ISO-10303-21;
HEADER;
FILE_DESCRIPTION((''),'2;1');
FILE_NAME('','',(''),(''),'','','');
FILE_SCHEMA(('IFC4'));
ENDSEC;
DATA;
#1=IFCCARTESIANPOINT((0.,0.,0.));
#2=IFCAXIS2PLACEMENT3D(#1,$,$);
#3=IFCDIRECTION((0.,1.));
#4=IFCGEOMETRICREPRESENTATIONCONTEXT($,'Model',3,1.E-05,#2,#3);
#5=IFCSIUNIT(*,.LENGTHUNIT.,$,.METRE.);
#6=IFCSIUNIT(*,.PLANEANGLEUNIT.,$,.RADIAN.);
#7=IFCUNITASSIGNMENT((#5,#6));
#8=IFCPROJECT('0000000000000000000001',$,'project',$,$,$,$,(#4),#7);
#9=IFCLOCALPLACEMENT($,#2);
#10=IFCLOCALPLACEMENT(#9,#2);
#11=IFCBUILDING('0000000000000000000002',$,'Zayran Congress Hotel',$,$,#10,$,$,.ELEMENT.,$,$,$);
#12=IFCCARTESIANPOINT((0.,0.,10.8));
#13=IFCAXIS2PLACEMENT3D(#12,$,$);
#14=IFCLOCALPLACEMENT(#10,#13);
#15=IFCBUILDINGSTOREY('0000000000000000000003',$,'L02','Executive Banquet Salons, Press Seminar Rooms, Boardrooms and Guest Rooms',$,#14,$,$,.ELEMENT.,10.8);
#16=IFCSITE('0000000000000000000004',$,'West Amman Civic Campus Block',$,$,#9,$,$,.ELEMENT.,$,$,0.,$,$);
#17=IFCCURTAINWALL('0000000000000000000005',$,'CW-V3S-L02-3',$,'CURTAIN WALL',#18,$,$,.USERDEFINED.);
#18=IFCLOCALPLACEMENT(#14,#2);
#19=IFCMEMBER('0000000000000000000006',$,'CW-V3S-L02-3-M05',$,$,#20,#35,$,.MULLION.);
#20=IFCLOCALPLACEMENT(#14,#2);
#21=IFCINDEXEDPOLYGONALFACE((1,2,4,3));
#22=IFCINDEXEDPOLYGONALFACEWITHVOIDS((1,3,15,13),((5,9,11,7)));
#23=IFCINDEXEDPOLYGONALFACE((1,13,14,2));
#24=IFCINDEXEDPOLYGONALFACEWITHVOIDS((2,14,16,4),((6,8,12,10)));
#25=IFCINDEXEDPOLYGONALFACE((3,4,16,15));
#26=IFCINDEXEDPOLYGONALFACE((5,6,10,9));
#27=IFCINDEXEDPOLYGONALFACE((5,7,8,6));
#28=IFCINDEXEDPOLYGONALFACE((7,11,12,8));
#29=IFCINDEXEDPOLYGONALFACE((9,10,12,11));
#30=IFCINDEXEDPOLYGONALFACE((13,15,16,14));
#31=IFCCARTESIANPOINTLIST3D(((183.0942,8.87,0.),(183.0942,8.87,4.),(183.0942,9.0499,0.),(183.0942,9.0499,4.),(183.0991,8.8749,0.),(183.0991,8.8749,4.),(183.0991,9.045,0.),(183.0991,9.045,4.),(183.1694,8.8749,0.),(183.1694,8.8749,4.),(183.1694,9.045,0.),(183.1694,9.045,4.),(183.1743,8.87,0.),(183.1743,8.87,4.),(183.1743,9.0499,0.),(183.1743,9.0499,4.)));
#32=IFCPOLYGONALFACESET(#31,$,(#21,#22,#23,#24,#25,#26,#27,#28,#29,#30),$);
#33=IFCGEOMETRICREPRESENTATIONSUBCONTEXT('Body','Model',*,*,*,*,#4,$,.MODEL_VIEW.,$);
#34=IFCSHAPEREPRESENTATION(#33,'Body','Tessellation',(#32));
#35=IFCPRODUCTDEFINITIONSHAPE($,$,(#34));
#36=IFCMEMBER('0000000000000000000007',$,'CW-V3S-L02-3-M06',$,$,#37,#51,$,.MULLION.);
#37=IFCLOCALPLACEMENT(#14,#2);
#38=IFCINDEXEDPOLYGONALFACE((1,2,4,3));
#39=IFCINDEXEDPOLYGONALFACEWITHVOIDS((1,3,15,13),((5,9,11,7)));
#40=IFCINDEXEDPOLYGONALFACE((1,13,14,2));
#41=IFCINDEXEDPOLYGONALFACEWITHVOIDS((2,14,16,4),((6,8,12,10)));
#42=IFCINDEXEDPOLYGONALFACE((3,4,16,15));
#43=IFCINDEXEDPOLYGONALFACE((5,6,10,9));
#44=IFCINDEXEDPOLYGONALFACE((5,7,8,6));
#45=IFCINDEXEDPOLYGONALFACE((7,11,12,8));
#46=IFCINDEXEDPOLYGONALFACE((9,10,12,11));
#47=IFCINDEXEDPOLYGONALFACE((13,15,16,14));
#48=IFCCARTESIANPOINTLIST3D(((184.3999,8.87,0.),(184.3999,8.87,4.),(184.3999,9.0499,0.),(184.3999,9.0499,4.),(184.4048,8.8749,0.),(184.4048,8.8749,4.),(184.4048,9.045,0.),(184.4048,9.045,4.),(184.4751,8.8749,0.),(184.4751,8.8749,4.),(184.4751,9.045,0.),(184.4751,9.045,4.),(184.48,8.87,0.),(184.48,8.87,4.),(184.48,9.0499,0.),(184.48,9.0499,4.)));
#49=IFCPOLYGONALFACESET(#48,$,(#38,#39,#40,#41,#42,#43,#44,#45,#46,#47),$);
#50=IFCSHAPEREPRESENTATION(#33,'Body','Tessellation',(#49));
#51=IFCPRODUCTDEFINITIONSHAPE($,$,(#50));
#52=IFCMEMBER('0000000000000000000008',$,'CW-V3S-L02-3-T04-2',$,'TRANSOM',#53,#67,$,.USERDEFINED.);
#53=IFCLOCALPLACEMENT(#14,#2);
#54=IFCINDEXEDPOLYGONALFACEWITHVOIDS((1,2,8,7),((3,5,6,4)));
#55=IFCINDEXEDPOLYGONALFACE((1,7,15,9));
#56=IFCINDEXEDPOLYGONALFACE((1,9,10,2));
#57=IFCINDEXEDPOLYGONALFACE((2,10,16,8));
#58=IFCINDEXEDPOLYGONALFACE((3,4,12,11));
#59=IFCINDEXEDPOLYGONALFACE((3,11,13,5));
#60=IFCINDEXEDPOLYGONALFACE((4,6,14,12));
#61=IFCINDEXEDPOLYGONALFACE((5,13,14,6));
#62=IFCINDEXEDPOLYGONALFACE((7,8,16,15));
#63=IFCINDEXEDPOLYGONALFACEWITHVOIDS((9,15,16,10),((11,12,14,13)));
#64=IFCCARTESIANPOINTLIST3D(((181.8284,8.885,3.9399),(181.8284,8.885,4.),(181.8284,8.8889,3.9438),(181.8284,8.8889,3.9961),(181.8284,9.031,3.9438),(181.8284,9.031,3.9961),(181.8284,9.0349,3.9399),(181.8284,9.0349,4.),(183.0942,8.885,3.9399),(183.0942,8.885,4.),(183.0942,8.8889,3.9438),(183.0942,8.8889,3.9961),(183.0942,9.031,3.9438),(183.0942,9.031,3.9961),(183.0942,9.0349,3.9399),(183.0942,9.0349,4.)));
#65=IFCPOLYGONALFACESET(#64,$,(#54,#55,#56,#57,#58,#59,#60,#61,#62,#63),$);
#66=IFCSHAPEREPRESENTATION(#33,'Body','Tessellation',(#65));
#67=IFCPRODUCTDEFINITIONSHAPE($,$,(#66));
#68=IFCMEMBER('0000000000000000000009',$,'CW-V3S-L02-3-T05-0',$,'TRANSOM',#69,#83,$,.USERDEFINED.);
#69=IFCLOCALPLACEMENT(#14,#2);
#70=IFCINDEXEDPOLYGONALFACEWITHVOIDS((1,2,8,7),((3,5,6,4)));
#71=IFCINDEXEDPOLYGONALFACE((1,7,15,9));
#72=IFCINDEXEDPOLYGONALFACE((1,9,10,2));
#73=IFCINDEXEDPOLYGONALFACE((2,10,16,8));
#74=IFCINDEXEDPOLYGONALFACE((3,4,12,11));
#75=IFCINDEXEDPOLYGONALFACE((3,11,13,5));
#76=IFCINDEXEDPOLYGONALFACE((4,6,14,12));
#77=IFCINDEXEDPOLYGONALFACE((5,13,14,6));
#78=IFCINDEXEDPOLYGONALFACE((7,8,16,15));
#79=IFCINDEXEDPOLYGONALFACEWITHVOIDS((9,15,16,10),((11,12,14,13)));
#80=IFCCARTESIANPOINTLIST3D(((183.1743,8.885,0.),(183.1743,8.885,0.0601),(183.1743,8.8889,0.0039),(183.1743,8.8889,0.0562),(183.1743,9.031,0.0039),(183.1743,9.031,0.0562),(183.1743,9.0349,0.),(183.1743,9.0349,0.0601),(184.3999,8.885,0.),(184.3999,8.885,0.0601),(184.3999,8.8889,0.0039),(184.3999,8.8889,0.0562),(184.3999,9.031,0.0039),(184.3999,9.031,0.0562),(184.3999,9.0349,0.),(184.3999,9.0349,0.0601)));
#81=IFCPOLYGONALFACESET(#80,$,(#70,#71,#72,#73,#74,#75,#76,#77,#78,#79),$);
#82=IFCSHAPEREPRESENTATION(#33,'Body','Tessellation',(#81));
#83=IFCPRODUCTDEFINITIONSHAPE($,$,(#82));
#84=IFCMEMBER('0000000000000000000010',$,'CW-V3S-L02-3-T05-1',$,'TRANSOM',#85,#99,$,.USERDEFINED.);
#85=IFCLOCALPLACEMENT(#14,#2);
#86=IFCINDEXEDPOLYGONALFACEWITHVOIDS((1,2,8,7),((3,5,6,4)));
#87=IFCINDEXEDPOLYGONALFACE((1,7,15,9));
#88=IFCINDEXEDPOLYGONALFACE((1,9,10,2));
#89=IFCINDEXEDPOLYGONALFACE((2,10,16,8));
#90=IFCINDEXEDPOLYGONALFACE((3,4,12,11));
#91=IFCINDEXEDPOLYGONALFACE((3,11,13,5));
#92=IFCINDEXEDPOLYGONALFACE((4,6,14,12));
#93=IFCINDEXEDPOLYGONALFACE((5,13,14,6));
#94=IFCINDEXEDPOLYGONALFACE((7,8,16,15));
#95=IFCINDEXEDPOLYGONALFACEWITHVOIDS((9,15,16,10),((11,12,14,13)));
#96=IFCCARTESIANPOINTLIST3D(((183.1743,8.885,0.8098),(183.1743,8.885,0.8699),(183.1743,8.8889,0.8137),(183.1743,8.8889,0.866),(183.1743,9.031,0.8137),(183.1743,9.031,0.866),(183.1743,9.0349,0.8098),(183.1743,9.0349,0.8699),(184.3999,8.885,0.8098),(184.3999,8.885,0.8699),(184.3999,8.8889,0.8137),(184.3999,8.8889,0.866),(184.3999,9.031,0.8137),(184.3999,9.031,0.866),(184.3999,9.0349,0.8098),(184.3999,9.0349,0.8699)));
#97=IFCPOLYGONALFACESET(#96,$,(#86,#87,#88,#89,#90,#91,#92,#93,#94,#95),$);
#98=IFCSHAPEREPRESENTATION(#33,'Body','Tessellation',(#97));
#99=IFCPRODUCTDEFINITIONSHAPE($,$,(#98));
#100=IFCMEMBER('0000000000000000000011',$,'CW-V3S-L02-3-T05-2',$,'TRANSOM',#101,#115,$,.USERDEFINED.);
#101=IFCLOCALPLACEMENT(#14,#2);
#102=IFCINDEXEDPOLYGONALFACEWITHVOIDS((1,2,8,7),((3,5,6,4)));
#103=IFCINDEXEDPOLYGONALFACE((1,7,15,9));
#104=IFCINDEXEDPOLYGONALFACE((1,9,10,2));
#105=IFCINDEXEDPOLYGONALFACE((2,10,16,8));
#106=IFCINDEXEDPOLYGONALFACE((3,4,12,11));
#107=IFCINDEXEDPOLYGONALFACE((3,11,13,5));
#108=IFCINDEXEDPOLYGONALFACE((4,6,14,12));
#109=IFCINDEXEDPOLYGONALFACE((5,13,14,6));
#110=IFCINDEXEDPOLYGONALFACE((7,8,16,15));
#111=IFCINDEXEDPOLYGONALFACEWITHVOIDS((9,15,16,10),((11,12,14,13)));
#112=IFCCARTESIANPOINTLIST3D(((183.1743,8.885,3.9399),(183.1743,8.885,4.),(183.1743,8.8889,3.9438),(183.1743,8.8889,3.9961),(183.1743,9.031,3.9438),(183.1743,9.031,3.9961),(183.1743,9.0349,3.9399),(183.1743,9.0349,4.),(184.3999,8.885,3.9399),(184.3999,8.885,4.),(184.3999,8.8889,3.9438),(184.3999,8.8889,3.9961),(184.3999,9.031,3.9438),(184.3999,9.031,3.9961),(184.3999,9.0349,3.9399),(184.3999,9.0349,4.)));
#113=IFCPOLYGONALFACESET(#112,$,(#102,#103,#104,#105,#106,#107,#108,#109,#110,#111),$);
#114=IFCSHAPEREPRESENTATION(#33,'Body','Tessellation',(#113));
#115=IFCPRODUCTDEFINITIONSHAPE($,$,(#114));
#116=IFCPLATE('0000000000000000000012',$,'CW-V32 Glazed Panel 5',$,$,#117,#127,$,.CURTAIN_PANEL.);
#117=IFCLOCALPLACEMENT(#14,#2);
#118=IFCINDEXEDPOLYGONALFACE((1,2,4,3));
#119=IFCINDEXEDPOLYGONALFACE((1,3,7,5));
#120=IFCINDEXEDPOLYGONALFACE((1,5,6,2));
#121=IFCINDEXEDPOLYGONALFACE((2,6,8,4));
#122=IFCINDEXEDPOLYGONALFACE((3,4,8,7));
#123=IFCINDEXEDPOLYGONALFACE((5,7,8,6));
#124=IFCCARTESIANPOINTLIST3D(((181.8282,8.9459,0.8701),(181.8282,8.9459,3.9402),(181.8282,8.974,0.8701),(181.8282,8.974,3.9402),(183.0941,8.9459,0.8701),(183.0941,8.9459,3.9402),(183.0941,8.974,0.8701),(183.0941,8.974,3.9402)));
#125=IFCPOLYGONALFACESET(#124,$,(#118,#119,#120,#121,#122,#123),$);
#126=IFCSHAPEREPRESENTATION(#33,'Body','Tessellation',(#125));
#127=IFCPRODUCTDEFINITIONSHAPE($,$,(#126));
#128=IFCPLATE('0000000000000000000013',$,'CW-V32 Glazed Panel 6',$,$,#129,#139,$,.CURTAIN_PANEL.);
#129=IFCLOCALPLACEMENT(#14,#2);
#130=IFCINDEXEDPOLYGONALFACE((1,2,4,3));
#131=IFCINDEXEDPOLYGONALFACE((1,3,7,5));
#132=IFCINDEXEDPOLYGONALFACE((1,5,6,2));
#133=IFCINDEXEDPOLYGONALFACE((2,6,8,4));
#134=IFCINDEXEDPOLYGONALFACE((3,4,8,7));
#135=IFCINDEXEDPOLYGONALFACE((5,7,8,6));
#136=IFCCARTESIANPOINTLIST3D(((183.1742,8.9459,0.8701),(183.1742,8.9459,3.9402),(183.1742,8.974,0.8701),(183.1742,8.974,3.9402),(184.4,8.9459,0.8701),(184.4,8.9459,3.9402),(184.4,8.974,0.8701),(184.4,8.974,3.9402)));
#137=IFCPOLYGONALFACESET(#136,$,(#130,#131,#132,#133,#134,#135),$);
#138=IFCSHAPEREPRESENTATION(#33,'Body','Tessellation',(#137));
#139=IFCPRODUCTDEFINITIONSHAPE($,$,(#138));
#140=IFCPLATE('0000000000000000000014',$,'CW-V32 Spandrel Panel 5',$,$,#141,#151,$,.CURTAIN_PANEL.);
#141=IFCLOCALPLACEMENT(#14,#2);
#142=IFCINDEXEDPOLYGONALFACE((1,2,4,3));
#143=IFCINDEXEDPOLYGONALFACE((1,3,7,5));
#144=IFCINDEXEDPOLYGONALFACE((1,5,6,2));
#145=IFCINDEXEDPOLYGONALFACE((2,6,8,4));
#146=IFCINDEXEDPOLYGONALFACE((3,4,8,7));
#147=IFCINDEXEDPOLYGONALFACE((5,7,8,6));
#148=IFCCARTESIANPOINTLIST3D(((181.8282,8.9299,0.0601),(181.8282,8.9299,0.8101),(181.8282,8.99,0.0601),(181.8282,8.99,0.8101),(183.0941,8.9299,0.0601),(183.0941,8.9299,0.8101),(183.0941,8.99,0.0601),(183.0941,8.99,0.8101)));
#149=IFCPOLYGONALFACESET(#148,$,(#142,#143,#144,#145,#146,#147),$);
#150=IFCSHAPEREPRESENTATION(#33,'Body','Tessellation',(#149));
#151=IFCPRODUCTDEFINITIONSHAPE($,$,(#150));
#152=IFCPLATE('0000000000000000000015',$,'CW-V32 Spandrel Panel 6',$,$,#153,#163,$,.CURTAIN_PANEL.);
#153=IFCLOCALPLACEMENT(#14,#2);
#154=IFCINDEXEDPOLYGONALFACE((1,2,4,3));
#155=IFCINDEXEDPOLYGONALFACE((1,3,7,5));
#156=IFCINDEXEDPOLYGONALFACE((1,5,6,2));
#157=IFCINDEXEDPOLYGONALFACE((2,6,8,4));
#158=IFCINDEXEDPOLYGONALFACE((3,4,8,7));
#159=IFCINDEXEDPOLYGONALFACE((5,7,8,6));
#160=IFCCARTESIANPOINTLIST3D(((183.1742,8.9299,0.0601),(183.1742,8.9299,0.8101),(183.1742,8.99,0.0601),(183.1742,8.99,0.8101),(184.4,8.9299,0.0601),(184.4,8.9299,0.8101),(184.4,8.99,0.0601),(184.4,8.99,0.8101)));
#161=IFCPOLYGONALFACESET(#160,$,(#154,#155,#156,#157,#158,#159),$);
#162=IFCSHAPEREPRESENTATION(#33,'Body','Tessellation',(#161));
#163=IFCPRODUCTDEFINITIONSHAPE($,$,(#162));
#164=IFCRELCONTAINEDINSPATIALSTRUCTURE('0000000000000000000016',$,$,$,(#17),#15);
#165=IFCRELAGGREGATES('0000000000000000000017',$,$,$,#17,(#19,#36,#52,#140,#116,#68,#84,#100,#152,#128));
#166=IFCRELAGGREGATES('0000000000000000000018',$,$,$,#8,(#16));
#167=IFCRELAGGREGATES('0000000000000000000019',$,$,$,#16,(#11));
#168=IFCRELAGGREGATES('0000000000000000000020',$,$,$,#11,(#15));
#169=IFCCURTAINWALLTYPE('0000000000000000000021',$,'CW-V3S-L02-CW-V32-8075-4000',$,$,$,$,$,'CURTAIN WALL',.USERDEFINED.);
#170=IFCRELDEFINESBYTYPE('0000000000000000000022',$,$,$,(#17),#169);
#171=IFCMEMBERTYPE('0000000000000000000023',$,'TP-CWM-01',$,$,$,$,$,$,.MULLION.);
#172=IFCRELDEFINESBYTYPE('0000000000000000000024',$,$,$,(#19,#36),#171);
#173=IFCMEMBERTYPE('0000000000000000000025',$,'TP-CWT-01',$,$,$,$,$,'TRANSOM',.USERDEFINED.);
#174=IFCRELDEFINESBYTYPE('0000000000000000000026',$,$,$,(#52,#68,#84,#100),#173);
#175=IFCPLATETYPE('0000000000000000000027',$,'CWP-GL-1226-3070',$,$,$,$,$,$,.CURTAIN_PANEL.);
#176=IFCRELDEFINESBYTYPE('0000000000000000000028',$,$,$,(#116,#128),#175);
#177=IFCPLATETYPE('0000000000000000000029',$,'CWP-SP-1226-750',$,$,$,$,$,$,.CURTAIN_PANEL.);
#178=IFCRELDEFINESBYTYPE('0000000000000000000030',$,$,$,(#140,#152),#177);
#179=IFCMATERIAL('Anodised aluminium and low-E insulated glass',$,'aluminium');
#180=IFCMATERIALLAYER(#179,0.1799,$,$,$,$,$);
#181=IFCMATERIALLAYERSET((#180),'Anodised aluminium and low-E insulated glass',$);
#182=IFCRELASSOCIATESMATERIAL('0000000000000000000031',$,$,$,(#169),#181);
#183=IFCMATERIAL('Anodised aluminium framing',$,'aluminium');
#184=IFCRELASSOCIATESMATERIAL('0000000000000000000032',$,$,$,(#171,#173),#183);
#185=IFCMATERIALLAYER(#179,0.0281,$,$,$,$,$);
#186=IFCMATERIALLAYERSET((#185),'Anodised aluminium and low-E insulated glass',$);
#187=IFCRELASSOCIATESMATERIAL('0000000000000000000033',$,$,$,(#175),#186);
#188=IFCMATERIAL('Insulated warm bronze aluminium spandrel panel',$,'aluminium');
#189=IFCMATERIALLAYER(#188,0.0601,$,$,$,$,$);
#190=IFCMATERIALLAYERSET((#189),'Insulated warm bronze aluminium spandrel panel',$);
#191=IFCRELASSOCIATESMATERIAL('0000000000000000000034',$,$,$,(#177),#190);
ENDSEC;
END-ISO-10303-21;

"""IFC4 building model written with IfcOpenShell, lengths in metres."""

from ifc_helpers import new_model, si_unit, direction, frame, origin, origin_2d, place, context, subcontext, project, spatial, rectangle, hollow_rectangle, extrude, material, layer, layer_set, material_profile, profile_set, type_object, element, aggregate, save


model = new_model("IFC4")

# Units and contexts
model_context = context("Model", 3, precision=1e-05, world=origin(), true_north=direction((0.0, 1.0)))
body_context = subcontext(model_context, "Body", "Model", "MODEL_VIEW")
ifc_project = project(units=[si_unit("LENGTHUNIT", "METRE"), si_unit("PLANEANGLEUNIT", "RADIAN")], contexts=[model_context])

# Site, building, storey
site_placement = place(None, origin())
site = spatial("IfcSite", under=ifc_project, at=site_placement, Name="West Amman Civic Campus Block", CompositionType="ELEMENT", RefElevation=0.0)
building_placement = place(site_placement, origin())
building = spatial("IfcBuilding", under=site, at=building_placement, Name="Zayran Congress Hotel", CompositionType="ELEMENT")
storey_placement = place(building_placement, frame((0.0, 0.0, 10.8)))
storey = spatial("IfcBuildingStorey", under=building, at=storey_placement, Name="L02", Description="Executive Banquet Salons, Press Seminar Rooms, Boardrooms and Guest Rooms", CompositionType="ELEMENT", Elevation=10.8)

# Curtain wall, members, plates
ifc_material_1 = material(Name="Anodised aluminium and low-E insulated glass", Category="aluminium")
ifc_layer_1 = layer(ifc_material_1, 0.1799)
ifc_layer_set_1 = layer_set([ifc_layer_1], Name="Anodised aluminium and low-E insulated glass")
curtain_wall_type = type_object("IfcCurtainWallType", Name="CW-V3S-L02-CW-V32-8075-4000", ElementType="CURTAIN WALL", PredefinedType="USERDEFINED", material=ifc_layer_set_1)
curtain_wall_placement = place(storey_placement, origin())
curtain_wall = element("IfcCurtainWall", 1, at=curtain_wall_placement, inside=storey, type_object=curtain_wall_type, Name="CW-V3S-L02-3", ObjectType="CURTAIN WALL", PredefinedType="USERDEFINED")
ifc_material_2 = material(Name="Anodised aluminium framing", Category="aluminium")
ifc_material_profile_1 = material_profile(ifc_material_2, hollow_rectangle(XDim=0.0801, YDim=0.1799, WallThickness=0.0049, at=origin_2d()), Name="RHS 180x80x5")
ifc_profile_set_1 = profile_set([ifc_material_profile_1], Name="Anodised aluminium framing")
member_type_1 = type_object("IfcMemberType", Name="TP-CWM-01", PredefinedType="MULLION", material=ifc_profile_set_1)
member_1_placement = place(storey_placement, frame((183.1343, 8.96, 0.0), z_axis=(0.0, 0.0, 1.0), x_axis=(1.0, 0.0, 0.0)))
member_1 = element("IfcMember", 2, at=member_1_placement, type_object=member_type_1, Name="CW-V3S-L02-3-M05", PredefinedType="MULLION", context=body_context, shape_type="SweptSolid", body=[
    extrude(hollow_rectangle(XDim=0.0801, YDim=0.1799, WallThickness=0.0049, at=origin_2d()), origin(), (0.0, 0.0, 1.0), 4.0),
])
member_2_placement = place(storey_placement, frame((184.4399, 8.96, 0.0), z_axis=(0.0, 0.0, 1.0), x_axis=(1.0, 0.0, 0.0)))
member_2 = element("IfcMember", 3, at=member_2_placement, type_object=member_type_1, Name="CW-V3S-L02-3-M06", PredefinedType="MULLION", context=body_context, shape_type="SweptSolid", body=[
    extrude(hollow_rectangle(XDim=0.0801, YDim=0.1799, WallThickness=0.0049, at=origin_2d()), origin(), (0.0, 0.0, 1.0), 4.0),
])
ifc_material_profile_2 = material_profile(ifc_material_2, hollow_rectangle(XDim=0.0601, YDim=0.1499, WallThickness=0.0039, at=origin_2d()), Name="RHS 150x60x4")
ifc_profile_set_2 = profile_set([ifc_material_profile_2], Name="Anodised aluminium framing")
member_type_2 = type_object("IfcMemberType", Name="TP-CWT-01", ElementType="TRANSOM", PredefinedType="USERDEFINED", material=ifc_profile_set_2)
member_3_placement = place(storey_placement, frame((181.8284, 8.96, 3.97), z_axis=(1.0, 0.0, 0.0), x_axis=(0.0, 0.0, 1.0)))
member_3 = element("IfcMember", 4, at=member_3_placement, type_object=member_type_2, Name="CW-V3S-L02-3-T04-2", ObjectType="TRANSOM", PredefinedType="USERDEFINED", context=body_context, shape_type="SweptSolid", body=[
    extrude(hollow_rectangle(XDim=0.0601, YDim=0.1499, WallThickness=0.0039, at=origin_2d()), origin(), (0.0, 0.0, 1.0), 1.2659),
])
member_4_placement = place(storey_placement, frame((183.1743, 8.96, 0.03), z_axis=(1.0, 0.0, 0.0), x_axis=(0.0, 0.0, 1.0)))
member_4 = element("IfcMember", 5, at=member_4_placement, type_object=member_type_2, Name="CW-V3S-L02-3-T05-0", ObjectType="TRANSOM", PredefinedType="USERDEFINED", context=body_context, shape_type="SweptSolid", body=[
    extrude(hollow_rectangle(XDim=0.0601, YDim=0.1499, WallThickness=0.0039, at=origin_2d()), origin(), (0.0, 0.0, 1.0), 1.2256),
])
member_5_placement = place(storey_placement, frame((183.1743, 8.96, 0.8398), z_axis=(1.0, 0.0, 0.0), x_axis=(0.0, 0.0, 1.0)))
member_5 = element("IfcMember", 6, at=member_5_placement, type_object=member_type_2, Name="CW-V3S-L02-3-T05-1", ObjectType="TRANSOM", PredefinedType="USERDEFINED", context=body_context, shape_type="SweptSolid", body=[
    extrude(hollow_rectangle(XDim=0.0601, YDim=0.1499, WallThickness=0.0039, at=origin_2d()), origin(), (0.0, 0.0, 1.0), 1.2256),
])
member_6_placement = place(storey_placement, frame((183.1743, 8.96, 3.97), z_axis=(1.0, 0.0, 0.0), x_axis=(0.0, 0.0, 1.0)))
member_6 = element("IfcMember", 7, at=member_6_placement, type_object=member_type_2, Name="CW-V3S-L02-3-T05-2", ObjectType="TRANSOM", PredefinedType="USERDEFINED", context=body_context, shape_type="SweptSolid", body=[
    extrude(hollow_rectangle(XDim=0.0601, YDim=0.1499, WallThickness=0.0039, at=origin_2d()), origin(), (0.0, 0.0, 1.0), 1.2256),
])
ifc_layer_2 = layer(ifc_material_1, 0.0281)
ifc_layer_set_2 = layer_set([ifc_layer_2], Name="Anodised aluminium and low-E insulated glass")
plate_type_1 = type_object("IfcPlateType", Name="CWP-GL-1226-3070", PredefinedType="CURTAIN_PANEL", material=ifc_layer_set_2)
plate_1_placement = place(storey_placement, frame((182.4612, 8.96, 0.8701), z_axis=(0.0, 0.0, 1.0), x_axis=(1.0, 0.0, 0.0)))
plate_1 = element("IfcPlate", 8, at=plate_1_placement, type_object=plate_type_1, Name="CW-V32 Glazed Panel 5", PredefinedType="CURTAIN_PANEL", context=body_context, shape_type="SweptSolid", body=[
    extrude(rectangle(XDim=1.2659, YDim=0.0281, at=origin_2d()), origin(), (0.0, 0.0, 1.0), 3.0701),
])
plate_2_placement = place(storey_placement, frame((183.7871, 8.96, 0.8701), z_axis=(0.0, 0.0, 1.0), x_axis=(1.0, 0.0, 0.0)))
plate_2 = element("IfcPlate", 9, at=plate_2_placement, type_object=plate_type_1, Name="CW-V32 Glazed Panel 6", PredefinedType="CURTAIN_PANEL", context=body_context, shape_type="SweptSolid", body=[
    extrude(rectangle(XDim=1.2258, YDim=0.0281, at=origin_2d()), origin(), (0.0, 0.0, 1.0), 3.0701),
])
ifc_material_3 = material(Name="Insulated warm bronze aluminium spandrel panel", Category="aluminium")
ifc_layer_3 = layer(ifc_material_3, 0.0601)
ifc_layer_set_3 = layer_set([ifc_layer_3], Name="Insulated warm bronze aluminium spandrel panel")
plate_type_2 = type_object("IfcPlateType", Name="CWP-SP-1226-750", PredefinedType="CURTAIN_PANEL", material=ifc_layer_set_3)
plate_3_placement = place(storey_placement, frame((182.4612, 8.96, 0.0601), z_axis=(0.0, 0.0, 1.0), x_axis=(1.0, 0.0, 0.0)))
plate_3 = element("IfcPlate", 10, at=plate_3_placement, type_object=plate_type_2, Name="CW-V32 Spandrel Panel 5", PredefinedType="CURTAIN_PANEL", context=body_context, shape_type="SweptSolid", body=[
    extrude(rectangle(XDim=1.2659, YDim=0.0601, at=origin_2d()), origin(), (0.0, 0.0, 1.0), 0.75),
])
plate_4_placement = place(storey_placement, frame((183.7871, 8.96, 0.0601), z_axis=(0.0, 0.0, 1.0), x_axis=(1.0, 0.0, 0.0)))
plate_4 = element("IfcPlate", 11, at=plate_4_placement, type_object=plate_type_2, Name="CW-V32 Spandrel Panel 6", PredefinedType="CURTAIN_PANEL", context=body_context, shape_type="SweptSolid", body=[
    extrude(rectangle(XDim=1.2258, YDim=0.0601, at=origin_2d()), origin(), (0.0, 0.0, 1.0), 0.75),
])
aggregate(curtain_wall, [member_1, member_2, member_3, plate_3, plate_1, member_4, member_5, member_6, plate_4, plate_2])

save(model, "model.ifc")
